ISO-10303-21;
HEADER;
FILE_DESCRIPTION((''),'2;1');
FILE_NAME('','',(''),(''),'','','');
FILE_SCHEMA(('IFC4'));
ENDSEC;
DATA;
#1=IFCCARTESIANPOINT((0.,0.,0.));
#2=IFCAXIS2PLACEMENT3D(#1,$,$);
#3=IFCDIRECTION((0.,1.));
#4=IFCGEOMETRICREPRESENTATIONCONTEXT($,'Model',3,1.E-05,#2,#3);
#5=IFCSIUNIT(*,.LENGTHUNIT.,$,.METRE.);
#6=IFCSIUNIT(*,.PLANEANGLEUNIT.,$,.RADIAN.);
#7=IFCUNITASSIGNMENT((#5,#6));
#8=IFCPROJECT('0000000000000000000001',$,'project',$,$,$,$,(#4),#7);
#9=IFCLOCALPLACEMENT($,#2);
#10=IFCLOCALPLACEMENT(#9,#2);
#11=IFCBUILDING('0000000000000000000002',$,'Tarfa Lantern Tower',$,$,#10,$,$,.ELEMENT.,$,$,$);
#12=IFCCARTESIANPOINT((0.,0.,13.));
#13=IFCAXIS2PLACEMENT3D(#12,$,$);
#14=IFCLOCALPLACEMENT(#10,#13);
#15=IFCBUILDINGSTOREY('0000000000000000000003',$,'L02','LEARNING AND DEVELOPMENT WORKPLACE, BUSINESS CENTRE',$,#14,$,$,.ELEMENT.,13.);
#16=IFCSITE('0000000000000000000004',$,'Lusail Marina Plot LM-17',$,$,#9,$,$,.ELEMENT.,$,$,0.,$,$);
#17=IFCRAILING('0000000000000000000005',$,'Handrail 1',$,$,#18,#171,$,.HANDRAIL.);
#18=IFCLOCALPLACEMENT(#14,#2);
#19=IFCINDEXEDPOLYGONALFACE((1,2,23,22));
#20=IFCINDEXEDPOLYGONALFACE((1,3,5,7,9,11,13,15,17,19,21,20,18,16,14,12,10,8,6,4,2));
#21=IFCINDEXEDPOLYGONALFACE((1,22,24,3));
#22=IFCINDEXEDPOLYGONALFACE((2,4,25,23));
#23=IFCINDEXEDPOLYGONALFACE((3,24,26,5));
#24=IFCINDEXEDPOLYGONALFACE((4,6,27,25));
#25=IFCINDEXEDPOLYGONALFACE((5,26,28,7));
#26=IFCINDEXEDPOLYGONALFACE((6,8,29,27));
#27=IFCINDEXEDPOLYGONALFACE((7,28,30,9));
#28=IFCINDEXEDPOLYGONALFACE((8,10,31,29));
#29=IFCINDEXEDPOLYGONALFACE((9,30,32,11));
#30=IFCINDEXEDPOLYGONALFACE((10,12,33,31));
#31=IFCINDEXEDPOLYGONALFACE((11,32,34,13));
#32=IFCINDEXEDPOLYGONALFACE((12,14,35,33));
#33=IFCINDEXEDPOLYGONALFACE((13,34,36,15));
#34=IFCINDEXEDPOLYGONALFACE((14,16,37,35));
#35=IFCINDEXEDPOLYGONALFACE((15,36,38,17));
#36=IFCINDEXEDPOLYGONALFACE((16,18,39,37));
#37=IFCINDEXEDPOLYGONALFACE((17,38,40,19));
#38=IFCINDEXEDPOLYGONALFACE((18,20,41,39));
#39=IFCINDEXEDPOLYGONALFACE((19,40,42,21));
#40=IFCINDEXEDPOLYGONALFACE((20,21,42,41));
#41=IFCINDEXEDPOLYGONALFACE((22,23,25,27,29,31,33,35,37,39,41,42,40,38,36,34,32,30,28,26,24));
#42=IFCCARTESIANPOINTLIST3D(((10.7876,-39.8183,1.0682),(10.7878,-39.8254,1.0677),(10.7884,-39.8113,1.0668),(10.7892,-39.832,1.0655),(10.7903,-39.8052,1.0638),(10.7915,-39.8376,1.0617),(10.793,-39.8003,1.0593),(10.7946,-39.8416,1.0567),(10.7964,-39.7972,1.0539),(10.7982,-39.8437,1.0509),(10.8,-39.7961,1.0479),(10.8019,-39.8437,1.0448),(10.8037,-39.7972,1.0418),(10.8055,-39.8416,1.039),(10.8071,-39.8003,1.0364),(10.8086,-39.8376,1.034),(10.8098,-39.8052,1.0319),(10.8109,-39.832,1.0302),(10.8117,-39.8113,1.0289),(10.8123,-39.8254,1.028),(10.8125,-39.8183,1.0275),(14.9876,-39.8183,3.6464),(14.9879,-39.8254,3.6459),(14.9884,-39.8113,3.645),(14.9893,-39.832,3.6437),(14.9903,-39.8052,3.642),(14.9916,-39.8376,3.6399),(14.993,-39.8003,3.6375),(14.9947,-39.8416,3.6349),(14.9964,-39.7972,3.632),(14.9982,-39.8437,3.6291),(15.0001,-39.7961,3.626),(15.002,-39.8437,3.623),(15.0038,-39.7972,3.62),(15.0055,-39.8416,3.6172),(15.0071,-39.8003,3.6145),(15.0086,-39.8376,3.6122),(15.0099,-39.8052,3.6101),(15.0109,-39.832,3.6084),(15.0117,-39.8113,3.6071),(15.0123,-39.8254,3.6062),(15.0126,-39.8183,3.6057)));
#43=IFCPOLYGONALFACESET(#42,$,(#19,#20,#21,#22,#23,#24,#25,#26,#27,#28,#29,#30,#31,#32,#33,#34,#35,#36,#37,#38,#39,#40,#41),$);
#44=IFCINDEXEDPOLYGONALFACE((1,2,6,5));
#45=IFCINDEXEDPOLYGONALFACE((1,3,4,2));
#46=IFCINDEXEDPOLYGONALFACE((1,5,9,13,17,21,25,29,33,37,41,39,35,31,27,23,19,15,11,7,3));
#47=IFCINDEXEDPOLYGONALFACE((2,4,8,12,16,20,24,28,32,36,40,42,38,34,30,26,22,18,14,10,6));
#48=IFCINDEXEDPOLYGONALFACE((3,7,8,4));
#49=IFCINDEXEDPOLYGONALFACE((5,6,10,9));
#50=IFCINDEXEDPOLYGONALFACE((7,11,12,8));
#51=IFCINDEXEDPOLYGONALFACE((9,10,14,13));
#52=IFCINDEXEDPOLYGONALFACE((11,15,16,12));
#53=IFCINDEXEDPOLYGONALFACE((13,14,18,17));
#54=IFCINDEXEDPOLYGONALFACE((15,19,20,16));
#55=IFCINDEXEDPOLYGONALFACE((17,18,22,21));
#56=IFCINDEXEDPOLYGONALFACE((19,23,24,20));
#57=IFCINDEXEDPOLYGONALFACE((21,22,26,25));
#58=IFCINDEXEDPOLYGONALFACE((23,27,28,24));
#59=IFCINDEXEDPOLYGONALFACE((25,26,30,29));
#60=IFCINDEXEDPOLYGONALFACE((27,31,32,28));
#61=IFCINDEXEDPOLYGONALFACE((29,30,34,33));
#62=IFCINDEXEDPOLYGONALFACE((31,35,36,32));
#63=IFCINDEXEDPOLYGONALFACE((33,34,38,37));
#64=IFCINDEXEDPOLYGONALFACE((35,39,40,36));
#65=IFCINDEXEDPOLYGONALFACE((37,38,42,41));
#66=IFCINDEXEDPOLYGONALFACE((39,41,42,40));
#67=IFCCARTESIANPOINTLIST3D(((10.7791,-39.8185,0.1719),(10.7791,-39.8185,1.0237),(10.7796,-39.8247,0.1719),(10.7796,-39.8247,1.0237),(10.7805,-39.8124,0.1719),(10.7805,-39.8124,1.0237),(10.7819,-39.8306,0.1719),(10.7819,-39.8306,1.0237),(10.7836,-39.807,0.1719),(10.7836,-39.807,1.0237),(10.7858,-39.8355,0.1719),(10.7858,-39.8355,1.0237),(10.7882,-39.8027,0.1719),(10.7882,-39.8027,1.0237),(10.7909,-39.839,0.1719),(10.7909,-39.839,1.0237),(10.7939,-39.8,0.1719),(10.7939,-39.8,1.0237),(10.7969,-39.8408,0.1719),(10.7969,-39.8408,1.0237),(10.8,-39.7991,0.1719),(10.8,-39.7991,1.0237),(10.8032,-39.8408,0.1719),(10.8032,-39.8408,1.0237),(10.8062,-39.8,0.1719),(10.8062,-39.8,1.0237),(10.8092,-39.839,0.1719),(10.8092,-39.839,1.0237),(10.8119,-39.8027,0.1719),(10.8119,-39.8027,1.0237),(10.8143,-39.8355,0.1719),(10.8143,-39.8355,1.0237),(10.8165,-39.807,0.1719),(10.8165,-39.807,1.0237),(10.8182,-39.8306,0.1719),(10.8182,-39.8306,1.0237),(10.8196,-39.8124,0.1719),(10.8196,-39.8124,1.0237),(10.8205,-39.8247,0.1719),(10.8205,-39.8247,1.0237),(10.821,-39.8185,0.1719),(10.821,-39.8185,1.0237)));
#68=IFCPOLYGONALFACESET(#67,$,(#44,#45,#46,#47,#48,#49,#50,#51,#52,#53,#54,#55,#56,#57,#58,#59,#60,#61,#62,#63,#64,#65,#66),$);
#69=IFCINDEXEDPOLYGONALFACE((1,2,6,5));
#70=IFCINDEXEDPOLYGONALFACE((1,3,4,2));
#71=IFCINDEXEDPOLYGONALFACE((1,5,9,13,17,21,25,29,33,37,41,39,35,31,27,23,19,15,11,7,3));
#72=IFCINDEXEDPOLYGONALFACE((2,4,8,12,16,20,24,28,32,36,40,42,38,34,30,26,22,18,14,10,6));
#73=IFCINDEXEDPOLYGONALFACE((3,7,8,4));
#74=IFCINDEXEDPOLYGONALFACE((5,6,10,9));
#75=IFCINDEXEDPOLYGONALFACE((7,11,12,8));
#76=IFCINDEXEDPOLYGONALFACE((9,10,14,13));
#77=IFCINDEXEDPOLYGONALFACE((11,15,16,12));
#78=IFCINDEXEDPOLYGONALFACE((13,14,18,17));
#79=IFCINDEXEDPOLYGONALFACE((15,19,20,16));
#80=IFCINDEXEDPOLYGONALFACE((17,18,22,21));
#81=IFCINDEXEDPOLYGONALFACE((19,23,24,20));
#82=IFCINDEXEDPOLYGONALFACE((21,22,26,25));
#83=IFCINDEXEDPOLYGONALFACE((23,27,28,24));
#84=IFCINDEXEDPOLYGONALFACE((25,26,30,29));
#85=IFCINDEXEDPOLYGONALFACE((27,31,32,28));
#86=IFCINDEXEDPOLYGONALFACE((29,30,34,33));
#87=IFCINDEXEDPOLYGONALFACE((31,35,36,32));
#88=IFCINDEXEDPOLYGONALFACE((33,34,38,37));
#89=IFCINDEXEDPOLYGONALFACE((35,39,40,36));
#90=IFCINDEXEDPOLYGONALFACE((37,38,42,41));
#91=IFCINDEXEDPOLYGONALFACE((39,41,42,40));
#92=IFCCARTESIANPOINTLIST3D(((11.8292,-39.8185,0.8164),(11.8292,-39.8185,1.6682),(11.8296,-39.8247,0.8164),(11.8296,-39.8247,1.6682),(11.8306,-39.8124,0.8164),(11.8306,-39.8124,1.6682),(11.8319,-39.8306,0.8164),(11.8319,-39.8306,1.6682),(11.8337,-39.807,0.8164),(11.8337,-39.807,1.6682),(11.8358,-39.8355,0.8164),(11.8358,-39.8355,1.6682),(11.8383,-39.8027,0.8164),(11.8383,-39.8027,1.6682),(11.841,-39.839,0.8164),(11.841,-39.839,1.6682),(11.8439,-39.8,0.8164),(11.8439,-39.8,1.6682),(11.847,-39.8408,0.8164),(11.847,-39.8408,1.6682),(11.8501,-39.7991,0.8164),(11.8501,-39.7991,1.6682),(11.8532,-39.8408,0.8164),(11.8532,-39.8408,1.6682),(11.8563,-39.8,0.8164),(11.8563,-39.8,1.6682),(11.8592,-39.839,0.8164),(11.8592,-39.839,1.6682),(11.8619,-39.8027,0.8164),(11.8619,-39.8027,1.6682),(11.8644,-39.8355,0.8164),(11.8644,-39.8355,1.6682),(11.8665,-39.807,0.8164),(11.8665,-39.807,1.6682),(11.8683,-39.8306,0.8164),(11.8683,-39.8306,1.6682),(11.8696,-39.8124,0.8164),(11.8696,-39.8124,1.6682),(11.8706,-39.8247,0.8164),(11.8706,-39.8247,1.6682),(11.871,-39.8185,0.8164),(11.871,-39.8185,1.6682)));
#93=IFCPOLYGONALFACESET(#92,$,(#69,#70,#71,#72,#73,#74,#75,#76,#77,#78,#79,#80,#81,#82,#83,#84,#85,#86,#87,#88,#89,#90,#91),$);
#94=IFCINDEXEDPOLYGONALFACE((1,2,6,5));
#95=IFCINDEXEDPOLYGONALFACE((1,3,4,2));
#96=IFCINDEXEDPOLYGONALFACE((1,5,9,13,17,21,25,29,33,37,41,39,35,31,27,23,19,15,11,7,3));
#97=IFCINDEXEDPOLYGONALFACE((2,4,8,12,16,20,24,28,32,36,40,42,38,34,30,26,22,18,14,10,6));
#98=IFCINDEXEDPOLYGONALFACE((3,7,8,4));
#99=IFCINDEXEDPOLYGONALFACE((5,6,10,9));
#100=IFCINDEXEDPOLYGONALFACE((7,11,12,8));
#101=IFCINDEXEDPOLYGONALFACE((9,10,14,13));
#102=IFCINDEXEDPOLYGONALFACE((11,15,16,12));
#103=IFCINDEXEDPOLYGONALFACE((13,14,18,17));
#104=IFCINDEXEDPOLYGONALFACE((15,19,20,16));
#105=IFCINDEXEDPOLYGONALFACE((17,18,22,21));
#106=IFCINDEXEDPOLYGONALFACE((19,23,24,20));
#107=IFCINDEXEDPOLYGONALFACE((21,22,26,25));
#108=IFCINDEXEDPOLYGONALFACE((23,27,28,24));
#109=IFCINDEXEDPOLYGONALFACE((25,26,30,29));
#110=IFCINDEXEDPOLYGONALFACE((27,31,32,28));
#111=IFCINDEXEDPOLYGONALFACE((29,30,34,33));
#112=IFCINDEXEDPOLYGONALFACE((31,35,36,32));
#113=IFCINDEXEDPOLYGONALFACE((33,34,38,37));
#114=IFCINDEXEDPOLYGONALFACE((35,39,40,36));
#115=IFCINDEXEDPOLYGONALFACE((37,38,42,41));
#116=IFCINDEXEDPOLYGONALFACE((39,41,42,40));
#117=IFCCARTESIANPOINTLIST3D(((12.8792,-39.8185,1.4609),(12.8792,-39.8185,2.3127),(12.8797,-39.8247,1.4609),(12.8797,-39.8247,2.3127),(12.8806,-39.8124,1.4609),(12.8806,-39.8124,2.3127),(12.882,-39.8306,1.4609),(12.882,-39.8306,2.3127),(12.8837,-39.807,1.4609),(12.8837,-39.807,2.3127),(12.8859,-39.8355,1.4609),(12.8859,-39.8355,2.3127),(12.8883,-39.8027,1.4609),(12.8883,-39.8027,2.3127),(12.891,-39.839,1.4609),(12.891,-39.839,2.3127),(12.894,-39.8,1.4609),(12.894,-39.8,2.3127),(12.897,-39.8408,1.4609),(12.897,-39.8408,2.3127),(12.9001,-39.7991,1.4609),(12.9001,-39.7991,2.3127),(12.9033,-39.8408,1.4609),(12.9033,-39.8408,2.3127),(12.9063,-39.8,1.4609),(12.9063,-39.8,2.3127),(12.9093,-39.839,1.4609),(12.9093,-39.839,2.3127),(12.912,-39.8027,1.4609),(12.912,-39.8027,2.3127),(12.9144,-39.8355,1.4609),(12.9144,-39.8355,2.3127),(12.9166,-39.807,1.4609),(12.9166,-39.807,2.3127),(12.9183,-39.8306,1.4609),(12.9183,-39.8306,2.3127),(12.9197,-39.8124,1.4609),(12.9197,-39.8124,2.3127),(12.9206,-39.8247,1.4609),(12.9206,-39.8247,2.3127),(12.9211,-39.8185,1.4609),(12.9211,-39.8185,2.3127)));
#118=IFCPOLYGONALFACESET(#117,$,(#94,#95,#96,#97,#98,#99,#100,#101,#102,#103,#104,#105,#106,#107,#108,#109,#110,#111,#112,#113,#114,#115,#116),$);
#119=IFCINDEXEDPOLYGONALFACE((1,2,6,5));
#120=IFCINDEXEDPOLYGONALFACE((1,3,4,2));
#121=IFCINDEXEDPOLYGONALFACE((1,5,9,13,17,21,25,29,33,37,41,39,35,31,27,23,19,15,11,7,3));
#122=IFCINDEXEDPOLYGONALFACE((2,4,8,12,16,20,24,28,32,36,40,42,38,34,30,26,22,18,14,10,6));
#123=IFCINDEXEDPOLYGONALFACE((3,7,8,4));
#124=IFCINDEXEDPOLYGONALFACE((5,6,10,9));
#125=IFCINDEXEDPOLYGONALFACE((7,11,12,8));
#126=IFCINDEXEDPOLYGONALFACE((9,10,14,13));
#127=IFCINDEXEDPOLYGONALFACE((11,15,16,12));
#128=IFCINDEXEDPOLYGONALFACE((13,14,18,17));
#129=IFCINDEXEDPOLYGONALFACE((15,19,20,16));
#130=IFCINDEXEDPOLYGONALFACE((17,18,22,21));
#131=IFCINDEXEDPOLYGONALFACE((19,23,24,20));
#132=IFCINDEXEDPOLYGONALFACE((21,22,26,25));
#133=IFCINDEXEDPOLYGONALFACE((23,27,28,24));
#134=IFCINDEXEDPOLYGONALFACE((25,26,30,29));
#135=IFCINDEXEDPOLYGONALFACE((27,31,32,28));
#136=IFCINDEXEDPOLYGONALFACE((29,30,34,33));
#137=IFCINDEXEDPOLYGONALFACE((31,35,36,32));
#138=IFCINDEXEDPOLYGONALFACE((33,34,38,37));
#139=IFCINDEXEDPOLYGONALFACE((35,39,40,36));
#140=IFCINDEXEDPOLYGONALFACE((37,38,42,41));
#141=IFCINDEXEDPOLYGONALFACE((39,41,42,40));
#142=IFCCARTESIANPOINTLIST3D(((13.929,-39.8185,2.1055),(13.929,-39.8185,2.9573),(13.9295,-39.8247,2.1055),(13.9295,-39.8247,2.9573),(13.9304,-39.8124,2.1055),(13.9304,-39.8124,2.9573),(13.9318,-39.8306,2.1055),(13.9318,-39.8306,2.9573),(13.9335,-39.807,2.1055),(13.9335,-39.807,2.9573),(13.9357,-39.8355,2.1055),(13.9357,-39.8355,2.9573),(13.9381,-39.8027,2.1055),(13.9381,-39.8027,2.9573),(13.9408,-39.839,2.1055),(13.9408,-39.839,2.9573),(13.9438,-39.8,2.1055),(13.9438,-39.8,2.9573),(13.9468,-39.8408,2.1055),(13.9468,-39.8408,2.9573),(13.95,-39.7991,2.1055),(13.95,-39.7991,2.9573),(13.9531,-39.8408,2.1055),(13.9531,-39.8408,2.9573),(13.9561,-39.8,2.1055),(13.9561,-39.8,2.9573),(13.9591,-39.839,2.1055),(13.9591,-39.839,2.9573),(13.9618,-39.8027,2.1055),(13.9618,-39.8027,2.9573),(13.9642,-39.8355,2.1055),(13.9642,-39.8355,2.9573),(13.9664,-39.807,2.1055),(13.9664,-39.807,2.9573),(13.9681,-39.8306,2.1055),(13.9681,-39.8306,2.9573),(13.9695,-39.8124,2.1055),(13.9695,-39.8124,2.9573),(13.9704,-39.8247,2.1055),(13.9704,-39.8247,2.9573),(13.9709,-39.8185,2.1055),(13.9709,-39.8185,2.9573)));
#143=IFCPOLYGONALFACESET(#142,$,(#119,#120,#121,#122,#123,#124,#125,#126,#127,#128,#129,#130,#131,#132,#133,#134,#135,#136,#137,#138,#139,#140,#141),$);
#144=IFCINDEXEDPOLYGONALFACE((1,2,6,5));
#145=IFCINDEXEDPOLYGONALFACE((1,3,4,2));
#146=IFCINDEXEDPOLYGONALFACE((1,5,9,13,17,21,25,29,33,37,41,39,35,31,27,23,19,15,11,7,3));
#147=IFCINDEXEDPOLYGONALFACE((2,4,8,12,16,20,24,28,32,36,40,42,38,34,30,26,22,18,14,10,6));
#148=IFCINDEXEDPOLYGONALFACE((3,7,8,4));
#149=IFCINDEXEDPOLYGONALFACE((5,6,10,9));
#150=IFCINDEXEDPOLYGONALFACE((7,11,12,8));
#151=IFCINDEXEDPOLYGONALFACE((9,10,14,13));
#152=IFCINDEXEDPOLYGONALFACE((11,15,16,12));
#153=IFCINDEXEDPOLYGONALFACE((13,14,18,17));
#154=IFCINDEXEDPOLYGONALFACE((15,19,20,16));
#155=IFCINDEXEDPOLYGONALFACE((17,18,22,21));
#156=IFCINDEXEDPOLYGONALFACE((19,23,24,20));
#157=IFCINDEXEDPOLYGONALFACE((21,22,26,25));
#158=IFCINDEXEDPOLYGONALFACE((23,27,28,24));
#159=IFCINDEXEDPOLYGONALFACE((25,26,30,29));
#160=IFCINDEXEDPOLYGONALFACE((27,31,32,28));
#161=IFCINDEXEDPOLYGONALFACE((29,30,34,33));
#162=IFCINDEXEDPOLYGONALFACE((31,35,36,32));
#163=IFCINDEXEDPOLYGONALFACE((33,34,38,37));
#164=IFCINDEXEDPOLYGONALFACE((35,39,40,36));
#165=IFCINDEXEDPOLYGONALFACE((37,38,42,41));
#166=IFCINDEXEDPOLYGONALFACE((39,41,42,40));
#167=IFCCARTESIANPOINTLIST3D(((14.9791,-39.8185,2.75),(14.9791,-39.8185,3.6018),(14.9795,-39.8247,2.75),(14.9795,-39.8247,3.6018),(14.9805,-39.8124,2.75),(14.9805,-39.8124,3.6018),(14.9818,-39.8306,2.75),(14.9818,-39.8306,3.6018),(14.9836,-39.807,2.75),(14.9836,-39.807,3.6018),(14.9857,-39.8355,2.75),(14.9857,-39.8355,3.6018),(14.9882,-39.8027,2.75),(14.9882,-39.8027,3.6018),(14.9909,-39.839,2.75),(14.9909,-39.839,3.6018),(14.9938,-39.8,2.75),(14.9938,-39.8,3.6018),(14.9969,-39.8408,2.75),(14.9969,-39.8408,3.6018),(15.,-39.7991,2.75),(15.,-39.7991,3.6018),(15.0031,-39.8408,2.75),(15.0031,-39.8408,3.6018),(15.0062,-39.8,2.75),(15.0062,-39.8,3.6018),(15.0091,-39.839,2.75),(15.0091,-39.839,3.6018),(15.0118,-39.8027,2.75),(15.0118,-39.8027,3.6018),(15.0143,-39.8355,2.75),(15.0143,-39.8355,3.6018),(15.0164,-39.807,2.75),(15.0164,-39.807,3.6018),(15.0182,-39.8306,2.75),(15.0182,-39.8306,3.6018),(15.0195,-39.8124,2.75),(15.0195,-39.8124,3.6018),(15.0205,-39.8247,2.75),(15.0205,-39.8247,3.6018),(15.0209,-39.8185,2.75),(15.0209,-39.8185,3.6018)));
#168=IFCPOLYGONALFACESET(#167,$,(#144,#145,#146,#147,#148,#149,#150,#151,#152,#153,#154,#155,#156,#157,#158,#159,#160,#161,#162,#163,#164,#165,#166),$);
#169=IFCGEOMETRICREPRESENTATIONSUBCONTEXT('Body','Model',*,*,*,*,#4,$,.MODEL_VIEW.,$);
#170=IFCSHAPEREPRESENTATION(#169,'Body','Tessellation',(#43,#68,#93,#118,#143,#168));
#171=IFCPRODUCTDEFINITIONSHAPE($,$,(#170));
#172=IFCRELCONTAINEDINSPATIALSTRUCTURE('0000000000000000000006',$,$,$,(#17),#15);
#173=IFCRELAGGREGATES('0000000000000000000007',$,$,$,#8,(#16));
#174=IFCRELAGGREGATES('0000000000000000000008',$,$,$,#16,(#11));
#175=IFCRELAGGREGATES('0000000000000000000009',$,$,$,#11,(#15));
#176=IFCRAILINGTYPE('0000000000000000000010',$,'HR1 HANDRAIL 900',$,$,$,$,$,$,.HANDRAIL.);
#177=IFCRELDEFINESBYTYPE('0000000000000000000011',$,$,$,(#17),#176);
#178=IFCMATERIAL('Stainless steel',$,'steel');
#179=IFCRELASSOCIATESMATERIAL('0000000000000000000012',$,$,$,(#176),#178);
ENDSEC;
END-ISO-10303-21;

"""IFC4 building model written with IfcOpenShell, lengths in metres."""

from ifc_helpers import new_model, si_unit, direction, frame, origin, origin_2d, place, context, subcontext, project, spatial, circle, extrude, material, type_object, element, save


model = new_model("IFC4")

# Units and contexts
model_context = context("Model", 3, precision=1e-05, world=origin(), true_north=direction((0.0, 1.0)))
body_context = subcontext(model_context, "Body", "Model", "MODEL_VIEW")
ifc_project = project(units=[si_unit("LENGTHUNIT", "METRE"), si_unit("PLANEANGLEUNIT", "RADIAN")], contexts=[model_context])

# Site, building, storey
site_placement = place(None, origin())
site = spatial("IfcSite", under=ifc_project, at=site_placement, Name="Lusail Marina Plot LM-17", CompositionType="ELEMENT", RefElevation=0.0)
building_placement = place(site_placement, origin())
building = spatial("IfcBuilding", under=site, at=building_placement, Name="Tarfa Lantern Tower", CompositionType="ELEMENT")
storey_placement = place(building_placement, frame((0.0, 0.0, 13.0)))
storey = spatial("IfcBuildingStorey", under=building, at=storey_placement, Name="L02", Description="LEARNING AND DEVELOPMENT WORKPLACE, BUSINESS CENTRE", CompositionType="ELEMENT", Elevation=13.0)

# Railing
ifc_material_1 = material(Name="Stainless steel", Category="steel")
railing_type = type_object("IfcRailingType", Name="HR1 HANDRAIL 900", PredefinedType="HANDRAIL", material=ifc_material_1)
railing_1_placement = place(storey_placement, frame((10.8, -39.8201, 0.1719)))
element("IfcRailing", 1, at=railing_1_placement, inside=storey, type_object=railing_type, Name="Handrail 1", PredefinedType="HANDRAIL", context=body_context, shape_type="SweptSolid", body=[
    extrude(circle(Radius=0.0239, at=origin_2d()), frame((0.0, 0.0, 0.876), z_axis=(0.852243, 0.0, 0.523146), x_axis=(0.0, 1.0, 0.0)), (0.0, 0.0, 1.0), 4.9282),
    extrude(circle(Radius=0.021, at=origin_2d()), frame((0.0, 0.0, 0.0), z_axis=(0.0, 0.0, 1.0), x_axis=(0.0, 1.0, 0.0)), (0.0, 0.0, 1.0), 0.8518),
    extrude(circle(Radius=0.021, at=origin_2d()), frame((1.05, 0.0, 0.6445), z_axis=(0.0, 0.0, 1.0), x_axis=(0.0, 1.0, 0.0)), (0.0, 0.0, 1.0), 0.8518),
    extrude(circle(Radius=0.021, at=origin_2d()), frame((2.1001, 0.0, 1.2891), z_axis=(0.0, 0.0, 1.0), x_axis=(0.0, 1.0, 0.0)), (0.0, 0.0, 1.0), 0.8518),
    extrude(circle(Radius=0.021, at=origin_2d()), frame((3.1499, 0.0, 1.9336), z_axis=(0.0, 0.0, 1.0), x_axis=(0.0, 1.0, 0.0)), (0.0, 0.0, 1.0), 0.8518),
    extrude(circle(Radius=0.021, at=origin_2d()), frame((4.2, 0.0, 2.5781), z_axis=(0.0, 0.0, 1.0), x_axis=(0.0, 1.0, 0.0)), (0.0, 0.0, 1.0), 0.8518),
])

save(model, "model.ifc")
